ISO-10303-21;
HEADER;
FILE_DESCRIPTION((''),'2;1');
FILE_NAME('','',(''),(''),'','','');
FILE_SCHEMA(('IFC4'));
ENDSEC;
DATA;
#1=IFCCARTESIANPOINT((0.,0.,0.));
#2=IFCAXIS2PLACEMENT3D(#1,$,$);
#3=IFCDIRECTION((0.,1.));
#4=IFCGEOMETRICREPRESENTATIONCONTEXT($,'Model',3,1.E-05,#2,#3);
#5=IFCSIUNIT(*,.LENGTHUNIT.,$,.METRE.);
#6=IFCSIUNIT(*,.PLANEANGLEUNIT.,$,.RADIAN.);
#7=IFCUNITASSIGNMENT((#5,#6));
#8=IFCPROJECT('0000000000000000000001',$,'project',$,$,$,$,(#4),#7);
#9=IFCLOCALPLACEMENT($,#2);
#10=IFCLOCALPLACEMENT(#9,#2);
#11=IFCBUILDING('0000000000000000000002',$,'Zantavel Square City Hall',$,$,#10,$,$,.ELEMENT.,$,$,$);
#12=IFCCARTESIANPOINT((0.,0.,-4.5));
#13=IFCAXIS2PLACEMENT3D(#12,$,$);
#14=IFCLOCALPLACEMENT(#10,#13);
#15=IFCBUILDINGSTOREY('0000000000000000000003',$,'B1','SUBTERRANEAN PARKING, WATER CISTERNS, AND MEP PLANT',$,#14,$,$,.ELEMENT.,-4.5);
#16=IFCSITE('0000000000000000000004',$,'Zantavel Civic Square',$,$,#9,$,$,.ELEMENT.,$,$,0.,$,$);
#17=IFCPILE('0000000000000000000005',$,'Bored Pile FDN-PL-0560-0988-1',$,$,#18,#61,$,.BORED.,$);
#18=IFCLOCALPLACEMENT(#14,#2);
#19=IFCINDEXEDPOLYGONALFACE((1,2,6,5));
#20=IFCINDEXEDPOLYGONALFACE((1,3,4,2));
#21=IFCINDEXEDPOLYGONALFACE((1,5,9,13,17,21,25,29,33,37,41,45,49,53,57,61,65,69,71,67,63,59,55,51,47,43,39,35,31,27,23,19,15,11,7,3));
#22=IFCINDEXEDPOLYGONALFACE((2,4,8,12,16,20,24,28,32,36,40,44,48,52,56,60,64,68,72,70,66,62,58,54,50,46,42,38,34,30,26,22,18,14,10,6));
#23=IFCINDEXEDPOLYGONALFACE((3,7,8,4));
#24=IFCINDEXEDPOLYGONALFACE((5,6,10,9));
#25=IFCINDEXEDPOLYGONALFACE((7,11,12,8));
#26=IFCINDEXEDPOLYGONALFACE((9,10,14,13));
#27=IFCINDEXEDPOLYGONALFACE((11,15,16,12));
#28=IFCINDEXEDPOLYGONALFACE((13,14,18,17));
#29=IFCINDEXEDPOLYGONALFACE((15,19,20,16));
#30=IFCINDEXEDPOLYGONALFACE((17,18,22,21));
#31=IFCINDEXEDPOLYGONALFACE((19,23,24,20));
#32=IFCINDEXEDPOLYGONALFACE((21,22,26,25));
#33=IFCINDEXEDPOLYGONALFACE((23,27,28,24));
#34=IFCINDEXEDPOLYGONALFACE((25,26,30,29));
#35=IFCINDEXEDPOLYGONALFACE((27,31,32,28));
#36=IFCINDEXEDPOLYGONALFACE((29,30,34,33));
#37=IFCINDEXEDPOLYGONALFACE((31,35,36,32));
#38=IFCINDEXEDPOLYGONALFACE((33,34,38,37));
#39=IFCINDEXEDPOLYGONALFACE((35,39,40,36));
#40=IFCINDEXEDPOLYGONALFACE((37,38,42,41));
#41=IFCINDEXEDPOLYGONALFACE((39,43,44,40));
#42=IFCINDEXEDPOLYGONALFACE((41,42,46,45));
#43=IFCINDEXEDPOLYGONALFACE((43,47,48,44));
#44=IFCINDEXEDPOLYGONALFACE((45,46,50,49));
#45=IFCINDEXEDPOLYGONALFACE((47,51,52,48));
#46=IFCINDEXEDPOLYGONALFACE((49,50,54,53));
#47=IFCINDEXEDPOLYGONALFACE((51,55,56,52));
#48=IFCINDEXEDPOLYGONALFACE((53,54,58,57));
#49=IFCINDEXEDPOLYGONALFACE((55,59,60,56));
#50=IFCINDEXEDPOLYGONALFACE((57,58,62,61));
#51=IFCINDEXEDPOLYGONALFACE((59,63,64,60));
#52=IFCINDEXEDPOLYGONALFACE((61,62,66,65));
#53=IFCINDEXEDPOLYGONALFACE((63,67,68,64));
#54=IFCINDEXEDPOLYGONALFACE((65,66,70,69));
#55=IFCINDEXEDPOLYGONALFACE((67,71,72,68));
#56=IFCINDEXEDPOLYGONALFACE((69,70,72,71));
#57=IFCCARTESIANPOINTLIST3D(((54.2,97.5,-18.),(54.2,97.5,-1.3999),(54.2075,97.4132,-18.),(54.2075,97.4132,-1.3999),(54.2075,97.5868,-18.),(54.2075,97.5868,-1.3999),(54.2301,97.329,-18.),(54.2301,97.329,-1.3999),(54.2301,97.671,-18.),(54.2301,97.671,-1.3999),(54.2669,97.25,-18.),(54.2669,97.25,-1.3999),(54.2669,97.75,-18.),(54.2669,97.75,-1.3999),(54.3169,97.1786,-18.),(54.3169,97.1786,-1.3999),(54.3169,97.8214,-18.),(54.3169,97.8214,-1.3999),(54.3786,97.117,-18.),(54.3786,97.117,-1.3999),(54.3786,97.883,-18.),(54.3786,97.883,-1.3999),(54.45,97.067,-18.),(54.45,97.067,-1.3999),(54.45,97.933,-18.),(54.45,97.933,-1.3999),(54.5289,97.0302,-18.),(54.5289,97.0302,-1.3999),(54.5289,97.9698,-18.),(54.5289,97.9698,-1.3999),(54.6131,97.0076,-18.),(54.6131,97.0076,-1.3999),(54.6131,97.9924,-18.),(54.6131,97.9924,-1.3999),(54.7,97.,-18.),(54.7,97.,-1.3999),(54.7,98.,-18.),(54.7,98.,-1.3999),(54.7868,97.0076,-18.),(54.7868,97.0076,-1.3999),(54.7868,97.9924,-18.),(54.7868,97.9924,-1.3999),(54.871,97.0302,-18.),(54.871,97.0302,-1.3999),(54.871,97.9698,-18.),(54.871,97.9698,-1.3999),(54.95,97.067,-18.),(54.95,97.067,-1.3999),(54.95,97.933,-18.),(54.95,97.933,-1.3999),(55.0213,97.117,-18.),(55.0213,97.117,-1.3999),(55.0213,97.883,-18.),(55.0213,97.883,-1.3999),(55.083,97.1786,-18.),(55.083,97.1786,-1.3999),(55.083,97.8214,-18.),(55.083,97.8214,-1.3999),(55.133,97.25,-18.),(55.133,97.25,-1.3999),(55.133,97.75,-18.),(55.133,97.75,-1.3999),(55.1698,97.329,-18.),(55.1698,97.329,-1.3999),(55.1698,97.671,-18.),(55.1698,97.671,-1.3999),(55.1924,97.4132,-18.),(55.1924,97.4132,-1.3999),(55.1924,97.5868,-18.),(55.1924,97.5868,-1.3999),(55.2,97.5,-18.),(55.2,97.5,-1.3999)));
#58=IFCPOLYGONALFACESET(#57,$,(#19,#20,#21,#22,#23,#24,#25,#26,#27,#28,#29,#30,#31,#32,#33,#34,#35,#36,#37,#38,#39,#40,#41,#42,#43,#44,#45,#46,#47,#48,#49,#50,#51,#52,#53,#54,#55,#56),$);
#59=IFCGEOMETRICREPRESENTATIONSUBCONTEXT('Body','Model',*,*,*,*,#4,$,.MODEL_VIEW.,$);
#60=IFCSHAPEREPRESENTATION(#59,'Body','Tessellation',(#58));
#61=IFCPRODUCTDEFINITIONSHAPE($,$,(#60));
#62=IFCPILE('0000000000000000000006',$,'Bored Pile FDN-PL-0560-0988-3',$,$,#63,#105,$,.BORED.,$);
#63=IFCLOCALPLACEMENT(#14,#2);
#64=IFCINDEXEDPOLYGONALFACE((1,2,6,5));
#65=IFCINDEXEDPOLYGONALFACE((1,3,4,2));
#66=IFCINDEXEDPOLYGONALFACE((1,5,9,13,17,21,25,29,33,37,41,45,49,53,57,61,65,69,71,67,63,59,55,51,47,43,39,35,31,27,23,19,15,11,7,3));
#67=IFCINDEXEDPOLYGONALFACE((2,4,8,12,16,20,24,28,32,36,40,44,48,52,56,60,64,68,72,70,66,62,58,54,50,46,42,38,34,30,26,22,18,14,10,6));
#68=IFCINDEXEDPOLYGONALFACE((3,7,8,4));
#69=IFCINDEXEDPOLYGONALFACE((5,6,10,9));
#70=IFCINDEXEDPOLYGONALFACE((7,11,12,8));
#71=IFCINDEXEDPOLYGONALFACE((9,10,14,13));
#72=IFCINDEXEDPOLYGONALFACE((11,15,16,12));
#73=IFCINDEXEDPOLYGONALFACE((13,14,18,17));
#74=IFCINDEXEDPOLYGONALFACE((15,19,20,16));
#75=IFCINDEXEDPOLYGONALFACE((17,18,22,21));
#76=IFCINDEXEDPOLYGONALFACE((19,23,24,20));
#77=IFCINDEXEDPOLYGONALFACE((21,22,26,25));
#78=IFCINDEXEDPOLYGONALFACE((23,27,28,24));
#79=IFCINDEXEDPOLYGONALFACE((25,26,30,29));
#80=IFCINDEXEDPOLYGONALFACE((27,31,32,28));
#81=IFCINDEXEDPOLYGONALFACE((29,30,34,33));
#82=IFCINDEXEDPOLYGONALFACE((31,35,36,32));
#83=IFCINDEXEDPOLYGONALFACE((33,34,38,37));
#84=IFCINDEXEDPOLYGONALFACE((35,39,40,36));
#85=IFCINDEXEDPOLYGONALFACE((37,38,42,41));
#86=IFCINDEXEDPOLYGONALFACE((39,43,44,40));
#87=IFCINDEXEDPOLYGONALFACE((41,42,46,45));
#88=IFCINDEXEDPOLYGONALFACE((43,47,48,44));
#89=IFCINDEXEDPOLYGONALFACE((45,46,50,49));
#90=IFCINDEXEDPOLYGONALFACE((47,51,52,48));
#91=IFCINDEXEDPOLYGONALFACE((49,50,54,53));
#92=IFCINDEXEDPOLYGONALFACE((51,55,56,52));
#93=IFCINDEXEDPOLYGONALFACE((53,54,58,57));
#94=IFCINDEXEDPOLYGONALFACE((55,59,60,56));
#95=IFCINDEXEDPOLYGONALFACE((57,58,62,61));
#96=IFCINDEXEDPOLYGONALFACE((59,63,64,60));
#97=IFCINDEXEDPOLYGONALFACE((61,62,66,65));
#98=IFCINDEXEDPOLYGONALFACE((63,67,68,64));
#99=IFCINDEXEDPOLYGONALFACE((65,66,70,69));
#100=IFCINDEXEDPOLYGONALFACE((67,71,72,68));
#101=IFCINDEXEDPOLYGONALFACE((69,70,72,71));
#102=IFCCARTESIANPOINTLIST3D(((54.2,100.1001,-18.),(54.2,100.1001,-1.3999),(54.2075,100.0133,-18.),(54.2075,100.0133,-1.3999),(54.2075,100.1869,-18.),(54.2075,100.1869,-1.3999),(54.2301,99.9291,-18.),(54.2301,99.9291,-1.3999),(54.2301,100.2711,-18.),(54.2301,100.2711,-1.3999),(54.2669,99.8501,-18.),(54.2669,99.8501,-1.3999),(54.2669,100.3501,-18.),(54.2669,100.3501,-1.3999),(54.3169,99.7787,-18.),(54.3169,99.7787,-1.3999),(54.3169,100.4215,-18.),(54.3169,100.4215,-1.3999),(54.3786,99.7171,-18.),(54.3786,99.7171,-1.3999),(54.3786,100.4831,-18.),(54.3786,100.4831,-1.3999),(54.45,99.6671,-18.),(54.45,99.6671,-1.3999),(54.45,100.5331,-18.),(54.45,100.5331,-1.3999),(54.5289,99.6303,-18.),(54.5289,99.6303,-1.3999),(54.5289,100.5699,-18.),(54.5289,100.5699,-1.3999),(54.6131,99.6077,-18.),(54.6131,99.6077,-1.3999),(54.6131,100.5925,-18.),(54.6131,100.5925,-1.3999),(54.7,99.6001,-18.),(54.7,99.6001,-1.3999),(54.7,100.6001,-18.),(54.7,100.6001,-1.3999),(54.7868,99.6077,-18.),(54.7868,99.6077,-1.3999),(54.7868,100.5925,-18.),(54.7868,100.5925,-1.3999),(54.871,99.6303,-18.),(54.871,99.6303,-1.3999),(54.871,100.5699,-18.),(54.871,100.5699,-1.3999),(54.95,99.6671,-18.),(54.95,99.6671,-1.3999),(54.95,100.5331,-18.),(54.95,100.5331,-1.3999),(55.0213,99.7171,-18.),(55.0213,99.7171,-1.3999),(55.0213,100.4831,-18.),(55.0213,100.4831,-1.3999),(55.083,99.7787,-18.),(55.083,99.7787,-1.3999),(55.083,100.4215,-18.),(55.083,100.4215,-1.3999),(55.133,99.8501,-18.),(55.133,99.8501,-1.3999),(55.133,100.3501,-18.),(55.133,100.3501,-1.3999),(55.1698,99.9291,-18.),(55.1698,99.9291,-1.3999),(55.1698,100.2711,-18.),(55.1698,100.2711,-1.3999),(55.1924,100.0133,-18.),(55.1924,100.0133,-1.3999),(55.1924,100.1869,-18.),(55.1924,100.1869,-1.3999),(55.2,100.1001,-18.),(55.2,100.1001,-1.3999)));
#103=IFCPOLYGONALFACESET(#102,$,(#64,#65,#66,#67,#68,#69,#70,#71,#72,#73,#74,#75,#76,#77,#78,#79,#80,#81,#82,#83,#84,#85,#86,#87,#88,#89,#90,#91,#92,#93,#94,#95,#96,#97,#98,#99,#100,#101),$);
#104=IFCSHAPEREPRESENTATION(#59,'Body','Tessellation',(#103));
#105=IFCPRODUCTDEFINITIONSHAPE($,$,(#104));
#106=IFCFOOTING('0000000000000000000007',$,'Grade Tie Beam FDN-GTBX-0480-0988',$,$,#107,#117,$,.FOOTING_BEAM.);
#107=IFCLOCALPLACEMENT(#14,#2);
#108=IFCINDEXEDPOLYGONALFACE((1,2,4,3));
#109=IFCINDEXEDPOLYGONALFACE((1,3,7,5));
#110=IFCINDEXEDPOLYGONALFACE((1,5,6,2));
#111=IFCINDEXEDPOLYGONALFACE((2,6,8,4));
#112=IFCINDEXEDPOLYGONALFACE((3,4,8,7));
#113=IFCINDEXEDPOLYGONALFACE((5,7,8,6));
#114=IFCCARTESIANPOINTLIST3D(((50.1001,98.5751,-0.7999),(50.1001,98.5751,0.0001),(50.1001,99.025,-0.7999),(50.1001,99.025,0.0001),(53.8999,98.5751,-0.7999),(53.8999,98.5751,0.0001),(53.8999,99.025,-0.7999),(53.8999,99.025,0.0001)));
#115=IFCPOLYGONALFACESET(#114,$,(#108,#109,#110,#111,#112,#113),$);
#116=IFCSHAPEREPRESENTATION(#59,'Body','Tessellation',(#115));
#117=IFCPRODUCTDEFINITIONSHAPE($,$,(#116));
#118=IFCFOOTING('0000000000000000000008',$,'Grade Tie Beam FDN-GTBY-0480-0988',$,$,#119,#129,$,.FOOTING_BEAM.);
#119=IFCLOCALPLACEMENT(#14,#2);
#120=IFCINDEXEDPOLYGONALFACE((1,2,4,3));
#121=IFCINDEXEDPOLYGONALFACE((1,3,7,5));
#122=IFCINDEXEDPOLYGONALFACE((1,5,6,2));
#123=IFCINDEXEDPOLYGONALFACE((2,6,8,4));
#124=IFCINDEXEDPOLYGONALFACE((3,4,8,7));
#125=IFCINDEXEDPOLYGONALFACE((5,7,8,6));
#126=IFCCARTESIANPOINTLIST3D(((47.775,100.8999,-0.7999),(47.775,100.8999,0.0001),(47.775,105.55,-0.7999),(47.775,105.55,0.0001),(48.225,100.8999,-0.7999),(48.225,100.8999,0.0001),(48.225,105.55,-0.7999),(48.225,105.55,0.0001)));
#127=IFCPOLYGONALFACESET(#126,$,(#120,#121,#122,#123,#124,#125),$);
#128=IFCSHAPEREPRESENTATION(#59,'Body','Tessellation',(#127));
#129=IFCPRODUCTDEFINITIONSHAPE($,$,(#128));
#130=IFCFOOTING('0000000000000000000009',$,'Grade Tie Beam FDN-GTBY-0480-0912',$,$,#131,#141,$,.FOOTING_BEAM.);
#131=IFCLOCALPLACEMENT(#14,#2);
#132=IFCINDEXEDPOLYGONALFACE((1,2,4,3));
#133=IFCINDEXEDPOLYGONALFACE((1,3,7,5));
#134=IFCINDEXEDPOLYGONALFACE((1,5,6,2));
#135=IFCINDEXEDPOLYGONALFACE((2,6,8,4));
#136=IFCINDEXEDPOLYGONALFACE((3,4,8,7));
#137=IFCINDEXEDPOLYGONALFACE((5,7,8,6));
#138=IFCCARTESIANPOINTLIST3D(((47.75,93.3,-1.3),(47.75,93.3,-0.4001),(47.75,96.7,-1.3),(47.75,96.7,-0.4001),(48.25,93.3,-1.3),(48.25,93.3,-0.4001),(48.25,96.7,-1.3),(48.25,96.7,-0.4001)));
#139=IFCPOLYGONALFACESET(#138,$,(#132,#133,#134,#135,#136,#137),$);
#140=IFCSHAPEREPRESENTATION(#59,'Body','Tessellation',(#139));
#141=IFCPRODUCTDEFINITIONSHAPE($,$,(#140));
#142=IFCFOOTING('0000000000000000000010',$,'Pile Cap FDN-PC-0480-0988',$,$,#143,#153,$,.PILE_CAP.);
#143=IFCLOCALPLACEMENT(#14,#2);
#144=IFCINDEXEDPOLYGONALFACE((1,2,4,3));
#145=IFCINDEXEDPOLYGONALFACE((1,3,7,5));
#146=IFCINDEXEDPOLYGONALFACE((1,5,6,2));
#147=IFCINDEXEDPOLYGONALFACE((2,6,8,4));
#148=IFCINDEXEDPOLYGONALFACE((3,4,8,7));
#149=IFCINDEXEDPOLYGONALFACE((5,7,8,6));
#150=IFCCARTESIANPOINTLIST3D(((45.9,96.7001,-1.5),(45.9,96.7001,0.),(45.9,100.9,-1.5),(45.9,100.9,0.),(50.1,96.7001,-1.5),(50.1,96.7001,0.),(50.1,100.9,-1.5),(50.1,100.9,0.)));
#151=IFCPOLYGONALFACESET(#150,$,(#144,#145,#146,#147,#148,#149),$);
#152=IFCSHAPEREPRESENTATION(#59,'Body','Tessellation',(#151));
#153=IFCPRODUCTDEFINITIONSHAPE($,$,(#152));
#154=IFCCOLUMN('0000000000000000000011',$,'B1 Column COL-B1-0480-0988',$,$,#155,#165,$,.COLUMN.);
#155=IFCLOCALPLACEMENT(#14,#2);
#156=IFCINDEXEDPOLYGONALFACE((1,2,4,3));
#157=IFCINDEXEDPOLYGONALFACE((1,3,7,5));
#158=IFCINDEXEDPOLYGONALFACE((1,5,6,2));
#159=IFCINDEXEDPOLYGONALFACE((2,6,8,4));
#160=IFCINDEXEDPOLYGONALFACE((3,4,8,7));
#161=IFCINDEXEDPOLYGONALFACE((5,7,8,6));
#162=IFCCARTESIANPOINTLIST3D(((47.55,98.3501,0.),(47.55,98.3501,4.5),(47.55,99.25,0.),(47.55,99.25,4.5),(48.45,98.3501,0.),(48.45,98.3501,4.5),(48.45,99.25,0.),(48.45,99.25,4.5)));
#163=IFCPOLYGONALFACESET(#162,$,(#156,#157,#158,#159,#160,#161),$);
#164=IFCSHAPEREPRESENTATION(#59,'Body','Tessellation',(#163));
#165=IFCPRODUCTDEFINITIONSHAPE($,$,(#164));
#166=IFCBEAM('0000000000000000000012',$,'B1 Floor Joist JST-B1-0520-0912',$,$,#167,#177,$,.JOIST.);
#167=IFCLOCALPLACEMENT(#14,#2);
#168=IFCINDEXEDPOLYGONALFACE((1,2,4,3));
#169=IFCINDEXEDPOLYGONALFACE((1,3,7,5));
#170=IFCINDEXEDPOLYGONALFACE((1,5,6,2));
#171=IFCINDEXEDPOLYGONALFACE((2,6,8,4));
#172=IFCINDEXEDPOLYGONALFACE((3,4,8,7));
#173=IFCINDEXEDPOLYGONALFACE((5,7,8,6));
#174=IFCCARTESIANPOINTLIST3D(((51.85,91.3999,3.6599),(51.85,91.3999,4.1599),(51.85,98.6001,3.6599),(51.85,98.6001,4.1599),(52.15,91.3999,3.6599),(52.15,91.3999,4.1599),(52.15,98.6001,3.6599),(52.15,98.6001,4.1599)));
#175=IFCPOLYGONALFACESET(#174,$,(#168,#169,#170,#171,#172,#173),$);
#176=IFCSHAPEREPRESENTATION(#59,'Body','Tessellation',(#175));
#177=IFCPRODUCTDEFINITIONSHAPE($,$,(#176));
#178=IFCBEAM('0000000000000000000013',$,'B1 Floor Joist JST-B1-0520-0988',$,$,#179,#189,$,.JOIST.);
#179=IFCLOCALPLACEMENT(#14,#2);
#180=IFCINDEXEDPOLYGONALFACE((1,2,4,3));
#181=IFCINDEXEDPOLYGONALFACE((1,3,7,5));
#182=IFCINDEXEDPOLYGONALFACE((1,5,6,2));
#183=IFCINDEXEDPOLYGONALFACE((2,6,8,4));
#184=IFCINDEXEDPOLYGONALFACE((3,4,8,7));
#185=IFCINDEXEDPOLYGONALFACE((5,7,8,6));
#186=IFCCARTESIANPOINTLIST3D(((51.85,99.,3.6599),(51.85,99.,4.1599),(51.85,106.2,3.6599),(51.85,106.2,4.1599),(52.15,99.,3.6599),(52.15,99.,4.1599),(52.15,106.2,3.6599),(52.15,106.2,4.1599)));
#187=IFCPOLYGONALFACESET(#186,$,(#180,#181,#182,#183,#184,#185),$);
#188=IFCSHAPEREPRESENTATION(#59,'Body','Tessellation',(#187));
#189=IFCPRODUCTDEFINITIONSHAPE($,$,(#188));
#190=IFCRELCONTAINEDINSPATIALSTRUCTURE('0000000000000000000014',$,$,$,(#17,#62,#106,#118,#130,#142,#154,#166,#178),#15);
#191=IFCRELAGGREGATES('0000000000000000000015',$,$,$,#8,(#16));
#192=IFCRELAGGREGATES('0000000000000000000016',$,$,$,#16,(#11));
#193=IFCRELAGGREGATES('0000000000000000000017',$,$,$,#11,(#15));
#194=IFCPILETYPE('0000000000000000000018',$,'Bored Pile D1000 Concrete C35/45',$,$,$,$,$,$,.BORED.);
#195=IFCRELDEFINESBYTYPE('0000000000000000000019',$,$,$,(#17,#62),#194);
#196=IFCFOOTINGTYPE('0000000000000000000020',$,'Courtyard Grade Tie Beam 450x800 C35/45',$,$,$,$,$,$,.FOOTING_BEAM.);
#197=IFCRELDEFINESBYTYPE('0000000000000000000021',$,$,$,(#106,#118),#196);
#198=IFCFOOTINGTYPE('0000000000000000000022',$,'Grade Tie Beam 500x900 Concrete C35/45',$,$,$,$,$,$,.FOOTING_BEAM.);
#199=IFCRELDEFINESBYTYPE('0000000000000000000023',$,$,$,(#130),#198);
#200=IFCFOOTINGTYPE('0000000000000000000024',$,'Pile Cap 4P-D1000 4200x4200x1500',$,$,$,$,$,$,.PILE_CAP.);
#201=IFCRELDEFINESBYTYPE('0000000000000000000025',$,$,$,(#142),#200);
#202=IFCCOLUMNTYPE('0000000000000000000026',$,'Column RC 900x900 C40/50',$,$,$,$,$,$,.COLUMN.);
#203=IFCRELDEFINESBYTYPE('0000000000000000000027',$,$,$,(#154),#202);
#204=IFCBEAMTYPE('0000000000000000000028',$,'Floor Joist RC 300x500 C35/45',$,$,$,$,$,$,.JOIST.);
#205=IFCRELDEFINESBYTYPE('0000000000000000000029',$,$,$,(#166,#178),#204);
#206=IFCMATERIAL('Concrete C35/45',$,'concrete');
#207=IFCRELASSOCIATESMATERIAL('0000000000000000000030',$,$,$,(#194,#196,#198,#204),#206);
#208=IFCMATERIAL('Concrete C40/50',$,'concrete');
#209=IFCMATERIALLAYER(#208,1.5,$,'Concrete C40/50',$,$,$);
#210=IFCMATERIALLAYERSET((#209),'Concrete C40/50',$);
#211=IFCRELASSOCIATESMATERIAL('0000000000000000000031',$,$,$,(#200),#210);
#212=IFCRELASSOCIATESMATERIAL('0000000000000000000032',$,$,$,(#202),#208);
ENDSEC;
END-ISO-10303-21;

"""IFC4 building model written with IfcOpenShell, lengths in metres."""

from ifc_helpers import new_model, si_unit, direction, frame, origin, origin_2d, place, context, subcontext, project, spatial, rectangle, circle, extrude, material, layer, layer_set, material_profile, profile_set, type_object, element, save


model = new_model("IFC4")

# Units and contexts
model_context = context("Model", 3, precision=1e-05, world=origin(), true_north=direction((0.0, 1.0)))
body_context = subcontext(model_context, "Body", "Model", "MODEL_VIEW")
ifc_project = project(units=[si_unit("LENGTHUNIT", "METRE"), si_unit("PLANEANGLEUNIT", "RADIAN")], contexts=[model_context])

# Site, building, storey
site_placement = place(None, origin())
site = spatial("IfcSite", under=ifc_project, at=site_placement, Name="Zantavel Civic Square", CompositionType="ELEMENT", RefElevation=0.0)
building_placement = place(site_placement, origin())
building = spatial("IfcBuilding", under=site, at=building_placement, Name="Zantavel Square City Hall", CompositionType="ELEMENT")
storey_placement = place(building_placement, frame((0.0, 0.0, -4.5)))
storey = spatial("IfcBuildingStorey", under=building, at=storey_placement, Name="B1", Description="SUBTERRANEAN PARKING, WATER CISTERNS, AND MEP PLANT", CompositionType="ELEMENT", Elevation=-4.5)

# Piles
ifc_material_1 = material(Name="Concrete C35/45", Category="concrete")
ifc_material_profile_1 = material_profile(ifc_material_1, circle(Radius=0.5, at=origin_2d()), Name="PILE D1000")
ifc_profile_set_1 = profile_set([ifc_material_profile_1], Name="Concrete C35/45")
pile_type = type_object("IfcPileType", Name="Bored Pile D1000 Concrete C35/45", PredefinedType="BORED", material=ifc_profile_set_1)
for number, where, z_axis, x_axis, name in (
    (1, (54.7, 97.5, -1.3999), (0.0, 0.0, -1.0), (1.0, 0.0, 0.0), "Bored Pile FDN-PL-0560-0988-1"),
    (2, (54.7, 100.1001, -1.3999), (0.0, 0.0, -1.0), (1.0, 0.0, 0.0), "Bored Pile FDN-PL-0560-0988-3"),
):
    element("IfcPile", number, at=place(storey_placement, frame(where, z_axis=z_axis, x_axis=x_axis)), inside=storey, type_object=pile_type, Name=name, PredefinedType="BORED", context=body_context, shape_type="SweptSolid", body=[
        extrude(circle(Radius=0.5, at=origin_2d()), origin(), (0.0, 0.0, 1.0), 16.6001),
    ])

# Footings
ifc_material_profile_2 = material_profile(ifc_material_1, rectangle(XDim=0.45, YDim=0.8, at=origin_2d()), Name="RC 450x800")
ifc_profile_set_2 = profile_set([ifc_material_profile_2], Name="Concrete C35/45")
footing_type_1 = type_object("IfcFootingType", Name="Courtyard Grade Tie Beam 450x800 C35/45", PredefinedType="FOOTING_BEAM", material=ifc_profile_set_2)
footing_1_placement = place(storey_placement, frame((50.1001, 98.8, -0.3999), z_axis=(1.0, 0.0, 0.0), x_axis=(0.0, 1.0, 0.0)))
element("IfcFooting", 3, at=footing_1_placement, inside=storey, type_object=footing_type_1, Name="Grade Tie Beam FDN-GTBX-0480-0988", PredefinedType="FOOTING_BEAM", context=body_context, shape_type="SweptSolid", body=[
    extrude(rectangle(XDim=0.45, YDim=0.8, at=origin_2d()), origin(), (0.0, 0.0, 1.0), 3.7998),
])
footing_2_placement = place(storey_placement, frame((48.0, 100.8999, -0.3999), z_axis=(0.0, 1.0, 0.0), x_axis=(-1.0, 0.0, 0.0)))
element("IfcFooting", 4, at=footing_2_placement, inside=storey, type_object=footing_type_1, Name="Grade Tie Beam FDN-GTBY-0480-0988", PredefinedType="FOOTING_BEAM", context=body_context, shape_type="SweptSolid", body=[
    extrude(rectangle(XDim=0.45, YDim=0.8, at=origin_2d()), origin(), (0.0, 0.0, 1.0), 4.6501),
])
ifc_material_profile_3 = material_profile(ifc_material_1, rectangle(XDim=0.5, YDim=0.8999, at=origin_2d()), Name="RC 500x900")
ifc_profile_set_3 = profile_set([ifc_material_profile_3], Name="Concrete C35/45")
footing_type_2 = type_object("IfcFootingType", Name="Grade Tie Beam 500x900 Concrete C35/45", PredefinedType="FOOTING_BEAM", material=ifc_profile_set_3)
footing_3_placement = place(storey_placement, frame((48.0, 93.3, -0.8501), z_axis=(0.0, 1.0, 0.0), x_axis=(-1.0, 0.0, 0.0)))
element("IfcFooting", 5, at=footing_3_placement, inside=storey, type_object=footing_type_2, Name="Grade Tie Beam FDN-GTBY-0480-0912", PredefinedType="FOOTING_BEAM", context=body_context, shape_type="SweptSolid", body=[
    extrude(rectangle(XDim=0.5, YDim=0.8999, at=origin_2d()), origin(), (0.0, 0.0, 1.0), 3.3999),
])
ifc_material_2 = material(Name="Concrete C40/50", Category="concrete")
ifc_layer = layer(ifc_material_2, 1.5, Name="Concrete C40/50")
ifc_layer_set = layer_set([ifc_layer], Name="Concrete C40/50")
footing_type_3 = type_object("IfcFootingType", Name="Pile Cap 4P-D1000 4200x4200x1500", PredefinedType="PILE_CAP", material=ifc_layer_set)
footing_4_placement = place(storey_placement, frame((48.0, 98.8, -1.5), z_axis=(0.0, 0.0, 1.0), x_axis=(1.0, 0.0, 0.0)))
element("IfcFooting", 6, at=footing_4_placement, inside=storey, type_object=footing_type_3, Name="Pile Cap FDN-PC-0480-0988", PredefinedType="PILE_CAP", context=body_context, shape_type="SweptSolid", body=[
    extrude(rectangle(XDim=4.2, YDim=4.2, at=origin_2d()), origin(), (0.0, 0.0, 1.0), 1.5),
])

# Column
ifc_material_profile_4 = material_profile(ifc_material_2, rectangle(XDim=0.8999, YDim=0.8999, at=origin_2d()), Name="RC 900x900")
ifc_profile_set_4 = profile_set([ifc_material_profile_4], Name="Concrete C40/50")
column_type = type_object("IfcColumnType", Name="Column RC 900x900 C40/50", PredefinedType="COLUMN", material=ifc_profile_set_4)
column_placement = place(storey_placement, frame((48.0, 98.8, 0.0), z_axis=(0.0, 0.0, 1.0), x_axis=(1.0, 0.0, 0.0)))
element("IfcColumn", 7, at=column_placement, inside=storey, type_object=column_type, Name="B1 Column COL-B1-0480-0988", PredefinedType="COLUMN", context=body_context, shape_type="SweptSolid", body=[
    extrude(rectangle(XDim=0.8999, YDim=0.8999, at=origin_2d()), origin(), (0.0, 0.0, 1.0), 4.5),
])

# Beams
ifc_material_profile_5 = material_profile(ifc_material_1, rectangle(XDim=0.3, YDim=0.5, at=origin_2d()), Name="RC 300x500")
ifc_profile_set_5 = profile_set([ifc_material_profile_5], Name="Concrete C35/45")
beam_type_1 = type_object("IfcBeamType", Name="Floor Joist RC 300x500 C35/45", PredefinedType="JOIST", material=ifc_profile_set_5)
beam_1_placement = place(storey_placement, frame((52.0, 91.3999, 3.9099), z_axis=(0.0, 1.0, 0.0), x_axis=(-1.0, 0.0, 0.0)))
element("IfcBeam", 8, at=beam_1_placement, inside=storey, type_object=beam_type_1, Name="B1 Floor Joist JST-B1-0520-0912", PredefinedType="JOIST", context=body_context, shape_type="SweptSolid", body=[
    extrude(rectangle(XDim=0.3, YDim=0.5, at=origin_2d()), origin(), (0.0, 0.0, 1.0), 7.2002),
])
beam_2_placement = place(storey_placement, frame((52.0, 99.0, 3.9099), z_axis=(0.0, 1.0, 0.0), x_axis=(-1.0, 0.0, 0.0)))
element("IfcBeam", 9, at=beam_2_placement, inside=storey, type_object=beam_type_1, Name="B1 Floor Joist JST-B1-0520-0988", PredefinedType="JOIST", context=body_context, shape_type="SweptSolid", body=[
    extrude(rectangle(XDim=0.3, YDim=0.5, at=origin_2d()), origin(), (0.0, 0.0, 1.0), 7.2),
])

save(model, "model.ifc")
